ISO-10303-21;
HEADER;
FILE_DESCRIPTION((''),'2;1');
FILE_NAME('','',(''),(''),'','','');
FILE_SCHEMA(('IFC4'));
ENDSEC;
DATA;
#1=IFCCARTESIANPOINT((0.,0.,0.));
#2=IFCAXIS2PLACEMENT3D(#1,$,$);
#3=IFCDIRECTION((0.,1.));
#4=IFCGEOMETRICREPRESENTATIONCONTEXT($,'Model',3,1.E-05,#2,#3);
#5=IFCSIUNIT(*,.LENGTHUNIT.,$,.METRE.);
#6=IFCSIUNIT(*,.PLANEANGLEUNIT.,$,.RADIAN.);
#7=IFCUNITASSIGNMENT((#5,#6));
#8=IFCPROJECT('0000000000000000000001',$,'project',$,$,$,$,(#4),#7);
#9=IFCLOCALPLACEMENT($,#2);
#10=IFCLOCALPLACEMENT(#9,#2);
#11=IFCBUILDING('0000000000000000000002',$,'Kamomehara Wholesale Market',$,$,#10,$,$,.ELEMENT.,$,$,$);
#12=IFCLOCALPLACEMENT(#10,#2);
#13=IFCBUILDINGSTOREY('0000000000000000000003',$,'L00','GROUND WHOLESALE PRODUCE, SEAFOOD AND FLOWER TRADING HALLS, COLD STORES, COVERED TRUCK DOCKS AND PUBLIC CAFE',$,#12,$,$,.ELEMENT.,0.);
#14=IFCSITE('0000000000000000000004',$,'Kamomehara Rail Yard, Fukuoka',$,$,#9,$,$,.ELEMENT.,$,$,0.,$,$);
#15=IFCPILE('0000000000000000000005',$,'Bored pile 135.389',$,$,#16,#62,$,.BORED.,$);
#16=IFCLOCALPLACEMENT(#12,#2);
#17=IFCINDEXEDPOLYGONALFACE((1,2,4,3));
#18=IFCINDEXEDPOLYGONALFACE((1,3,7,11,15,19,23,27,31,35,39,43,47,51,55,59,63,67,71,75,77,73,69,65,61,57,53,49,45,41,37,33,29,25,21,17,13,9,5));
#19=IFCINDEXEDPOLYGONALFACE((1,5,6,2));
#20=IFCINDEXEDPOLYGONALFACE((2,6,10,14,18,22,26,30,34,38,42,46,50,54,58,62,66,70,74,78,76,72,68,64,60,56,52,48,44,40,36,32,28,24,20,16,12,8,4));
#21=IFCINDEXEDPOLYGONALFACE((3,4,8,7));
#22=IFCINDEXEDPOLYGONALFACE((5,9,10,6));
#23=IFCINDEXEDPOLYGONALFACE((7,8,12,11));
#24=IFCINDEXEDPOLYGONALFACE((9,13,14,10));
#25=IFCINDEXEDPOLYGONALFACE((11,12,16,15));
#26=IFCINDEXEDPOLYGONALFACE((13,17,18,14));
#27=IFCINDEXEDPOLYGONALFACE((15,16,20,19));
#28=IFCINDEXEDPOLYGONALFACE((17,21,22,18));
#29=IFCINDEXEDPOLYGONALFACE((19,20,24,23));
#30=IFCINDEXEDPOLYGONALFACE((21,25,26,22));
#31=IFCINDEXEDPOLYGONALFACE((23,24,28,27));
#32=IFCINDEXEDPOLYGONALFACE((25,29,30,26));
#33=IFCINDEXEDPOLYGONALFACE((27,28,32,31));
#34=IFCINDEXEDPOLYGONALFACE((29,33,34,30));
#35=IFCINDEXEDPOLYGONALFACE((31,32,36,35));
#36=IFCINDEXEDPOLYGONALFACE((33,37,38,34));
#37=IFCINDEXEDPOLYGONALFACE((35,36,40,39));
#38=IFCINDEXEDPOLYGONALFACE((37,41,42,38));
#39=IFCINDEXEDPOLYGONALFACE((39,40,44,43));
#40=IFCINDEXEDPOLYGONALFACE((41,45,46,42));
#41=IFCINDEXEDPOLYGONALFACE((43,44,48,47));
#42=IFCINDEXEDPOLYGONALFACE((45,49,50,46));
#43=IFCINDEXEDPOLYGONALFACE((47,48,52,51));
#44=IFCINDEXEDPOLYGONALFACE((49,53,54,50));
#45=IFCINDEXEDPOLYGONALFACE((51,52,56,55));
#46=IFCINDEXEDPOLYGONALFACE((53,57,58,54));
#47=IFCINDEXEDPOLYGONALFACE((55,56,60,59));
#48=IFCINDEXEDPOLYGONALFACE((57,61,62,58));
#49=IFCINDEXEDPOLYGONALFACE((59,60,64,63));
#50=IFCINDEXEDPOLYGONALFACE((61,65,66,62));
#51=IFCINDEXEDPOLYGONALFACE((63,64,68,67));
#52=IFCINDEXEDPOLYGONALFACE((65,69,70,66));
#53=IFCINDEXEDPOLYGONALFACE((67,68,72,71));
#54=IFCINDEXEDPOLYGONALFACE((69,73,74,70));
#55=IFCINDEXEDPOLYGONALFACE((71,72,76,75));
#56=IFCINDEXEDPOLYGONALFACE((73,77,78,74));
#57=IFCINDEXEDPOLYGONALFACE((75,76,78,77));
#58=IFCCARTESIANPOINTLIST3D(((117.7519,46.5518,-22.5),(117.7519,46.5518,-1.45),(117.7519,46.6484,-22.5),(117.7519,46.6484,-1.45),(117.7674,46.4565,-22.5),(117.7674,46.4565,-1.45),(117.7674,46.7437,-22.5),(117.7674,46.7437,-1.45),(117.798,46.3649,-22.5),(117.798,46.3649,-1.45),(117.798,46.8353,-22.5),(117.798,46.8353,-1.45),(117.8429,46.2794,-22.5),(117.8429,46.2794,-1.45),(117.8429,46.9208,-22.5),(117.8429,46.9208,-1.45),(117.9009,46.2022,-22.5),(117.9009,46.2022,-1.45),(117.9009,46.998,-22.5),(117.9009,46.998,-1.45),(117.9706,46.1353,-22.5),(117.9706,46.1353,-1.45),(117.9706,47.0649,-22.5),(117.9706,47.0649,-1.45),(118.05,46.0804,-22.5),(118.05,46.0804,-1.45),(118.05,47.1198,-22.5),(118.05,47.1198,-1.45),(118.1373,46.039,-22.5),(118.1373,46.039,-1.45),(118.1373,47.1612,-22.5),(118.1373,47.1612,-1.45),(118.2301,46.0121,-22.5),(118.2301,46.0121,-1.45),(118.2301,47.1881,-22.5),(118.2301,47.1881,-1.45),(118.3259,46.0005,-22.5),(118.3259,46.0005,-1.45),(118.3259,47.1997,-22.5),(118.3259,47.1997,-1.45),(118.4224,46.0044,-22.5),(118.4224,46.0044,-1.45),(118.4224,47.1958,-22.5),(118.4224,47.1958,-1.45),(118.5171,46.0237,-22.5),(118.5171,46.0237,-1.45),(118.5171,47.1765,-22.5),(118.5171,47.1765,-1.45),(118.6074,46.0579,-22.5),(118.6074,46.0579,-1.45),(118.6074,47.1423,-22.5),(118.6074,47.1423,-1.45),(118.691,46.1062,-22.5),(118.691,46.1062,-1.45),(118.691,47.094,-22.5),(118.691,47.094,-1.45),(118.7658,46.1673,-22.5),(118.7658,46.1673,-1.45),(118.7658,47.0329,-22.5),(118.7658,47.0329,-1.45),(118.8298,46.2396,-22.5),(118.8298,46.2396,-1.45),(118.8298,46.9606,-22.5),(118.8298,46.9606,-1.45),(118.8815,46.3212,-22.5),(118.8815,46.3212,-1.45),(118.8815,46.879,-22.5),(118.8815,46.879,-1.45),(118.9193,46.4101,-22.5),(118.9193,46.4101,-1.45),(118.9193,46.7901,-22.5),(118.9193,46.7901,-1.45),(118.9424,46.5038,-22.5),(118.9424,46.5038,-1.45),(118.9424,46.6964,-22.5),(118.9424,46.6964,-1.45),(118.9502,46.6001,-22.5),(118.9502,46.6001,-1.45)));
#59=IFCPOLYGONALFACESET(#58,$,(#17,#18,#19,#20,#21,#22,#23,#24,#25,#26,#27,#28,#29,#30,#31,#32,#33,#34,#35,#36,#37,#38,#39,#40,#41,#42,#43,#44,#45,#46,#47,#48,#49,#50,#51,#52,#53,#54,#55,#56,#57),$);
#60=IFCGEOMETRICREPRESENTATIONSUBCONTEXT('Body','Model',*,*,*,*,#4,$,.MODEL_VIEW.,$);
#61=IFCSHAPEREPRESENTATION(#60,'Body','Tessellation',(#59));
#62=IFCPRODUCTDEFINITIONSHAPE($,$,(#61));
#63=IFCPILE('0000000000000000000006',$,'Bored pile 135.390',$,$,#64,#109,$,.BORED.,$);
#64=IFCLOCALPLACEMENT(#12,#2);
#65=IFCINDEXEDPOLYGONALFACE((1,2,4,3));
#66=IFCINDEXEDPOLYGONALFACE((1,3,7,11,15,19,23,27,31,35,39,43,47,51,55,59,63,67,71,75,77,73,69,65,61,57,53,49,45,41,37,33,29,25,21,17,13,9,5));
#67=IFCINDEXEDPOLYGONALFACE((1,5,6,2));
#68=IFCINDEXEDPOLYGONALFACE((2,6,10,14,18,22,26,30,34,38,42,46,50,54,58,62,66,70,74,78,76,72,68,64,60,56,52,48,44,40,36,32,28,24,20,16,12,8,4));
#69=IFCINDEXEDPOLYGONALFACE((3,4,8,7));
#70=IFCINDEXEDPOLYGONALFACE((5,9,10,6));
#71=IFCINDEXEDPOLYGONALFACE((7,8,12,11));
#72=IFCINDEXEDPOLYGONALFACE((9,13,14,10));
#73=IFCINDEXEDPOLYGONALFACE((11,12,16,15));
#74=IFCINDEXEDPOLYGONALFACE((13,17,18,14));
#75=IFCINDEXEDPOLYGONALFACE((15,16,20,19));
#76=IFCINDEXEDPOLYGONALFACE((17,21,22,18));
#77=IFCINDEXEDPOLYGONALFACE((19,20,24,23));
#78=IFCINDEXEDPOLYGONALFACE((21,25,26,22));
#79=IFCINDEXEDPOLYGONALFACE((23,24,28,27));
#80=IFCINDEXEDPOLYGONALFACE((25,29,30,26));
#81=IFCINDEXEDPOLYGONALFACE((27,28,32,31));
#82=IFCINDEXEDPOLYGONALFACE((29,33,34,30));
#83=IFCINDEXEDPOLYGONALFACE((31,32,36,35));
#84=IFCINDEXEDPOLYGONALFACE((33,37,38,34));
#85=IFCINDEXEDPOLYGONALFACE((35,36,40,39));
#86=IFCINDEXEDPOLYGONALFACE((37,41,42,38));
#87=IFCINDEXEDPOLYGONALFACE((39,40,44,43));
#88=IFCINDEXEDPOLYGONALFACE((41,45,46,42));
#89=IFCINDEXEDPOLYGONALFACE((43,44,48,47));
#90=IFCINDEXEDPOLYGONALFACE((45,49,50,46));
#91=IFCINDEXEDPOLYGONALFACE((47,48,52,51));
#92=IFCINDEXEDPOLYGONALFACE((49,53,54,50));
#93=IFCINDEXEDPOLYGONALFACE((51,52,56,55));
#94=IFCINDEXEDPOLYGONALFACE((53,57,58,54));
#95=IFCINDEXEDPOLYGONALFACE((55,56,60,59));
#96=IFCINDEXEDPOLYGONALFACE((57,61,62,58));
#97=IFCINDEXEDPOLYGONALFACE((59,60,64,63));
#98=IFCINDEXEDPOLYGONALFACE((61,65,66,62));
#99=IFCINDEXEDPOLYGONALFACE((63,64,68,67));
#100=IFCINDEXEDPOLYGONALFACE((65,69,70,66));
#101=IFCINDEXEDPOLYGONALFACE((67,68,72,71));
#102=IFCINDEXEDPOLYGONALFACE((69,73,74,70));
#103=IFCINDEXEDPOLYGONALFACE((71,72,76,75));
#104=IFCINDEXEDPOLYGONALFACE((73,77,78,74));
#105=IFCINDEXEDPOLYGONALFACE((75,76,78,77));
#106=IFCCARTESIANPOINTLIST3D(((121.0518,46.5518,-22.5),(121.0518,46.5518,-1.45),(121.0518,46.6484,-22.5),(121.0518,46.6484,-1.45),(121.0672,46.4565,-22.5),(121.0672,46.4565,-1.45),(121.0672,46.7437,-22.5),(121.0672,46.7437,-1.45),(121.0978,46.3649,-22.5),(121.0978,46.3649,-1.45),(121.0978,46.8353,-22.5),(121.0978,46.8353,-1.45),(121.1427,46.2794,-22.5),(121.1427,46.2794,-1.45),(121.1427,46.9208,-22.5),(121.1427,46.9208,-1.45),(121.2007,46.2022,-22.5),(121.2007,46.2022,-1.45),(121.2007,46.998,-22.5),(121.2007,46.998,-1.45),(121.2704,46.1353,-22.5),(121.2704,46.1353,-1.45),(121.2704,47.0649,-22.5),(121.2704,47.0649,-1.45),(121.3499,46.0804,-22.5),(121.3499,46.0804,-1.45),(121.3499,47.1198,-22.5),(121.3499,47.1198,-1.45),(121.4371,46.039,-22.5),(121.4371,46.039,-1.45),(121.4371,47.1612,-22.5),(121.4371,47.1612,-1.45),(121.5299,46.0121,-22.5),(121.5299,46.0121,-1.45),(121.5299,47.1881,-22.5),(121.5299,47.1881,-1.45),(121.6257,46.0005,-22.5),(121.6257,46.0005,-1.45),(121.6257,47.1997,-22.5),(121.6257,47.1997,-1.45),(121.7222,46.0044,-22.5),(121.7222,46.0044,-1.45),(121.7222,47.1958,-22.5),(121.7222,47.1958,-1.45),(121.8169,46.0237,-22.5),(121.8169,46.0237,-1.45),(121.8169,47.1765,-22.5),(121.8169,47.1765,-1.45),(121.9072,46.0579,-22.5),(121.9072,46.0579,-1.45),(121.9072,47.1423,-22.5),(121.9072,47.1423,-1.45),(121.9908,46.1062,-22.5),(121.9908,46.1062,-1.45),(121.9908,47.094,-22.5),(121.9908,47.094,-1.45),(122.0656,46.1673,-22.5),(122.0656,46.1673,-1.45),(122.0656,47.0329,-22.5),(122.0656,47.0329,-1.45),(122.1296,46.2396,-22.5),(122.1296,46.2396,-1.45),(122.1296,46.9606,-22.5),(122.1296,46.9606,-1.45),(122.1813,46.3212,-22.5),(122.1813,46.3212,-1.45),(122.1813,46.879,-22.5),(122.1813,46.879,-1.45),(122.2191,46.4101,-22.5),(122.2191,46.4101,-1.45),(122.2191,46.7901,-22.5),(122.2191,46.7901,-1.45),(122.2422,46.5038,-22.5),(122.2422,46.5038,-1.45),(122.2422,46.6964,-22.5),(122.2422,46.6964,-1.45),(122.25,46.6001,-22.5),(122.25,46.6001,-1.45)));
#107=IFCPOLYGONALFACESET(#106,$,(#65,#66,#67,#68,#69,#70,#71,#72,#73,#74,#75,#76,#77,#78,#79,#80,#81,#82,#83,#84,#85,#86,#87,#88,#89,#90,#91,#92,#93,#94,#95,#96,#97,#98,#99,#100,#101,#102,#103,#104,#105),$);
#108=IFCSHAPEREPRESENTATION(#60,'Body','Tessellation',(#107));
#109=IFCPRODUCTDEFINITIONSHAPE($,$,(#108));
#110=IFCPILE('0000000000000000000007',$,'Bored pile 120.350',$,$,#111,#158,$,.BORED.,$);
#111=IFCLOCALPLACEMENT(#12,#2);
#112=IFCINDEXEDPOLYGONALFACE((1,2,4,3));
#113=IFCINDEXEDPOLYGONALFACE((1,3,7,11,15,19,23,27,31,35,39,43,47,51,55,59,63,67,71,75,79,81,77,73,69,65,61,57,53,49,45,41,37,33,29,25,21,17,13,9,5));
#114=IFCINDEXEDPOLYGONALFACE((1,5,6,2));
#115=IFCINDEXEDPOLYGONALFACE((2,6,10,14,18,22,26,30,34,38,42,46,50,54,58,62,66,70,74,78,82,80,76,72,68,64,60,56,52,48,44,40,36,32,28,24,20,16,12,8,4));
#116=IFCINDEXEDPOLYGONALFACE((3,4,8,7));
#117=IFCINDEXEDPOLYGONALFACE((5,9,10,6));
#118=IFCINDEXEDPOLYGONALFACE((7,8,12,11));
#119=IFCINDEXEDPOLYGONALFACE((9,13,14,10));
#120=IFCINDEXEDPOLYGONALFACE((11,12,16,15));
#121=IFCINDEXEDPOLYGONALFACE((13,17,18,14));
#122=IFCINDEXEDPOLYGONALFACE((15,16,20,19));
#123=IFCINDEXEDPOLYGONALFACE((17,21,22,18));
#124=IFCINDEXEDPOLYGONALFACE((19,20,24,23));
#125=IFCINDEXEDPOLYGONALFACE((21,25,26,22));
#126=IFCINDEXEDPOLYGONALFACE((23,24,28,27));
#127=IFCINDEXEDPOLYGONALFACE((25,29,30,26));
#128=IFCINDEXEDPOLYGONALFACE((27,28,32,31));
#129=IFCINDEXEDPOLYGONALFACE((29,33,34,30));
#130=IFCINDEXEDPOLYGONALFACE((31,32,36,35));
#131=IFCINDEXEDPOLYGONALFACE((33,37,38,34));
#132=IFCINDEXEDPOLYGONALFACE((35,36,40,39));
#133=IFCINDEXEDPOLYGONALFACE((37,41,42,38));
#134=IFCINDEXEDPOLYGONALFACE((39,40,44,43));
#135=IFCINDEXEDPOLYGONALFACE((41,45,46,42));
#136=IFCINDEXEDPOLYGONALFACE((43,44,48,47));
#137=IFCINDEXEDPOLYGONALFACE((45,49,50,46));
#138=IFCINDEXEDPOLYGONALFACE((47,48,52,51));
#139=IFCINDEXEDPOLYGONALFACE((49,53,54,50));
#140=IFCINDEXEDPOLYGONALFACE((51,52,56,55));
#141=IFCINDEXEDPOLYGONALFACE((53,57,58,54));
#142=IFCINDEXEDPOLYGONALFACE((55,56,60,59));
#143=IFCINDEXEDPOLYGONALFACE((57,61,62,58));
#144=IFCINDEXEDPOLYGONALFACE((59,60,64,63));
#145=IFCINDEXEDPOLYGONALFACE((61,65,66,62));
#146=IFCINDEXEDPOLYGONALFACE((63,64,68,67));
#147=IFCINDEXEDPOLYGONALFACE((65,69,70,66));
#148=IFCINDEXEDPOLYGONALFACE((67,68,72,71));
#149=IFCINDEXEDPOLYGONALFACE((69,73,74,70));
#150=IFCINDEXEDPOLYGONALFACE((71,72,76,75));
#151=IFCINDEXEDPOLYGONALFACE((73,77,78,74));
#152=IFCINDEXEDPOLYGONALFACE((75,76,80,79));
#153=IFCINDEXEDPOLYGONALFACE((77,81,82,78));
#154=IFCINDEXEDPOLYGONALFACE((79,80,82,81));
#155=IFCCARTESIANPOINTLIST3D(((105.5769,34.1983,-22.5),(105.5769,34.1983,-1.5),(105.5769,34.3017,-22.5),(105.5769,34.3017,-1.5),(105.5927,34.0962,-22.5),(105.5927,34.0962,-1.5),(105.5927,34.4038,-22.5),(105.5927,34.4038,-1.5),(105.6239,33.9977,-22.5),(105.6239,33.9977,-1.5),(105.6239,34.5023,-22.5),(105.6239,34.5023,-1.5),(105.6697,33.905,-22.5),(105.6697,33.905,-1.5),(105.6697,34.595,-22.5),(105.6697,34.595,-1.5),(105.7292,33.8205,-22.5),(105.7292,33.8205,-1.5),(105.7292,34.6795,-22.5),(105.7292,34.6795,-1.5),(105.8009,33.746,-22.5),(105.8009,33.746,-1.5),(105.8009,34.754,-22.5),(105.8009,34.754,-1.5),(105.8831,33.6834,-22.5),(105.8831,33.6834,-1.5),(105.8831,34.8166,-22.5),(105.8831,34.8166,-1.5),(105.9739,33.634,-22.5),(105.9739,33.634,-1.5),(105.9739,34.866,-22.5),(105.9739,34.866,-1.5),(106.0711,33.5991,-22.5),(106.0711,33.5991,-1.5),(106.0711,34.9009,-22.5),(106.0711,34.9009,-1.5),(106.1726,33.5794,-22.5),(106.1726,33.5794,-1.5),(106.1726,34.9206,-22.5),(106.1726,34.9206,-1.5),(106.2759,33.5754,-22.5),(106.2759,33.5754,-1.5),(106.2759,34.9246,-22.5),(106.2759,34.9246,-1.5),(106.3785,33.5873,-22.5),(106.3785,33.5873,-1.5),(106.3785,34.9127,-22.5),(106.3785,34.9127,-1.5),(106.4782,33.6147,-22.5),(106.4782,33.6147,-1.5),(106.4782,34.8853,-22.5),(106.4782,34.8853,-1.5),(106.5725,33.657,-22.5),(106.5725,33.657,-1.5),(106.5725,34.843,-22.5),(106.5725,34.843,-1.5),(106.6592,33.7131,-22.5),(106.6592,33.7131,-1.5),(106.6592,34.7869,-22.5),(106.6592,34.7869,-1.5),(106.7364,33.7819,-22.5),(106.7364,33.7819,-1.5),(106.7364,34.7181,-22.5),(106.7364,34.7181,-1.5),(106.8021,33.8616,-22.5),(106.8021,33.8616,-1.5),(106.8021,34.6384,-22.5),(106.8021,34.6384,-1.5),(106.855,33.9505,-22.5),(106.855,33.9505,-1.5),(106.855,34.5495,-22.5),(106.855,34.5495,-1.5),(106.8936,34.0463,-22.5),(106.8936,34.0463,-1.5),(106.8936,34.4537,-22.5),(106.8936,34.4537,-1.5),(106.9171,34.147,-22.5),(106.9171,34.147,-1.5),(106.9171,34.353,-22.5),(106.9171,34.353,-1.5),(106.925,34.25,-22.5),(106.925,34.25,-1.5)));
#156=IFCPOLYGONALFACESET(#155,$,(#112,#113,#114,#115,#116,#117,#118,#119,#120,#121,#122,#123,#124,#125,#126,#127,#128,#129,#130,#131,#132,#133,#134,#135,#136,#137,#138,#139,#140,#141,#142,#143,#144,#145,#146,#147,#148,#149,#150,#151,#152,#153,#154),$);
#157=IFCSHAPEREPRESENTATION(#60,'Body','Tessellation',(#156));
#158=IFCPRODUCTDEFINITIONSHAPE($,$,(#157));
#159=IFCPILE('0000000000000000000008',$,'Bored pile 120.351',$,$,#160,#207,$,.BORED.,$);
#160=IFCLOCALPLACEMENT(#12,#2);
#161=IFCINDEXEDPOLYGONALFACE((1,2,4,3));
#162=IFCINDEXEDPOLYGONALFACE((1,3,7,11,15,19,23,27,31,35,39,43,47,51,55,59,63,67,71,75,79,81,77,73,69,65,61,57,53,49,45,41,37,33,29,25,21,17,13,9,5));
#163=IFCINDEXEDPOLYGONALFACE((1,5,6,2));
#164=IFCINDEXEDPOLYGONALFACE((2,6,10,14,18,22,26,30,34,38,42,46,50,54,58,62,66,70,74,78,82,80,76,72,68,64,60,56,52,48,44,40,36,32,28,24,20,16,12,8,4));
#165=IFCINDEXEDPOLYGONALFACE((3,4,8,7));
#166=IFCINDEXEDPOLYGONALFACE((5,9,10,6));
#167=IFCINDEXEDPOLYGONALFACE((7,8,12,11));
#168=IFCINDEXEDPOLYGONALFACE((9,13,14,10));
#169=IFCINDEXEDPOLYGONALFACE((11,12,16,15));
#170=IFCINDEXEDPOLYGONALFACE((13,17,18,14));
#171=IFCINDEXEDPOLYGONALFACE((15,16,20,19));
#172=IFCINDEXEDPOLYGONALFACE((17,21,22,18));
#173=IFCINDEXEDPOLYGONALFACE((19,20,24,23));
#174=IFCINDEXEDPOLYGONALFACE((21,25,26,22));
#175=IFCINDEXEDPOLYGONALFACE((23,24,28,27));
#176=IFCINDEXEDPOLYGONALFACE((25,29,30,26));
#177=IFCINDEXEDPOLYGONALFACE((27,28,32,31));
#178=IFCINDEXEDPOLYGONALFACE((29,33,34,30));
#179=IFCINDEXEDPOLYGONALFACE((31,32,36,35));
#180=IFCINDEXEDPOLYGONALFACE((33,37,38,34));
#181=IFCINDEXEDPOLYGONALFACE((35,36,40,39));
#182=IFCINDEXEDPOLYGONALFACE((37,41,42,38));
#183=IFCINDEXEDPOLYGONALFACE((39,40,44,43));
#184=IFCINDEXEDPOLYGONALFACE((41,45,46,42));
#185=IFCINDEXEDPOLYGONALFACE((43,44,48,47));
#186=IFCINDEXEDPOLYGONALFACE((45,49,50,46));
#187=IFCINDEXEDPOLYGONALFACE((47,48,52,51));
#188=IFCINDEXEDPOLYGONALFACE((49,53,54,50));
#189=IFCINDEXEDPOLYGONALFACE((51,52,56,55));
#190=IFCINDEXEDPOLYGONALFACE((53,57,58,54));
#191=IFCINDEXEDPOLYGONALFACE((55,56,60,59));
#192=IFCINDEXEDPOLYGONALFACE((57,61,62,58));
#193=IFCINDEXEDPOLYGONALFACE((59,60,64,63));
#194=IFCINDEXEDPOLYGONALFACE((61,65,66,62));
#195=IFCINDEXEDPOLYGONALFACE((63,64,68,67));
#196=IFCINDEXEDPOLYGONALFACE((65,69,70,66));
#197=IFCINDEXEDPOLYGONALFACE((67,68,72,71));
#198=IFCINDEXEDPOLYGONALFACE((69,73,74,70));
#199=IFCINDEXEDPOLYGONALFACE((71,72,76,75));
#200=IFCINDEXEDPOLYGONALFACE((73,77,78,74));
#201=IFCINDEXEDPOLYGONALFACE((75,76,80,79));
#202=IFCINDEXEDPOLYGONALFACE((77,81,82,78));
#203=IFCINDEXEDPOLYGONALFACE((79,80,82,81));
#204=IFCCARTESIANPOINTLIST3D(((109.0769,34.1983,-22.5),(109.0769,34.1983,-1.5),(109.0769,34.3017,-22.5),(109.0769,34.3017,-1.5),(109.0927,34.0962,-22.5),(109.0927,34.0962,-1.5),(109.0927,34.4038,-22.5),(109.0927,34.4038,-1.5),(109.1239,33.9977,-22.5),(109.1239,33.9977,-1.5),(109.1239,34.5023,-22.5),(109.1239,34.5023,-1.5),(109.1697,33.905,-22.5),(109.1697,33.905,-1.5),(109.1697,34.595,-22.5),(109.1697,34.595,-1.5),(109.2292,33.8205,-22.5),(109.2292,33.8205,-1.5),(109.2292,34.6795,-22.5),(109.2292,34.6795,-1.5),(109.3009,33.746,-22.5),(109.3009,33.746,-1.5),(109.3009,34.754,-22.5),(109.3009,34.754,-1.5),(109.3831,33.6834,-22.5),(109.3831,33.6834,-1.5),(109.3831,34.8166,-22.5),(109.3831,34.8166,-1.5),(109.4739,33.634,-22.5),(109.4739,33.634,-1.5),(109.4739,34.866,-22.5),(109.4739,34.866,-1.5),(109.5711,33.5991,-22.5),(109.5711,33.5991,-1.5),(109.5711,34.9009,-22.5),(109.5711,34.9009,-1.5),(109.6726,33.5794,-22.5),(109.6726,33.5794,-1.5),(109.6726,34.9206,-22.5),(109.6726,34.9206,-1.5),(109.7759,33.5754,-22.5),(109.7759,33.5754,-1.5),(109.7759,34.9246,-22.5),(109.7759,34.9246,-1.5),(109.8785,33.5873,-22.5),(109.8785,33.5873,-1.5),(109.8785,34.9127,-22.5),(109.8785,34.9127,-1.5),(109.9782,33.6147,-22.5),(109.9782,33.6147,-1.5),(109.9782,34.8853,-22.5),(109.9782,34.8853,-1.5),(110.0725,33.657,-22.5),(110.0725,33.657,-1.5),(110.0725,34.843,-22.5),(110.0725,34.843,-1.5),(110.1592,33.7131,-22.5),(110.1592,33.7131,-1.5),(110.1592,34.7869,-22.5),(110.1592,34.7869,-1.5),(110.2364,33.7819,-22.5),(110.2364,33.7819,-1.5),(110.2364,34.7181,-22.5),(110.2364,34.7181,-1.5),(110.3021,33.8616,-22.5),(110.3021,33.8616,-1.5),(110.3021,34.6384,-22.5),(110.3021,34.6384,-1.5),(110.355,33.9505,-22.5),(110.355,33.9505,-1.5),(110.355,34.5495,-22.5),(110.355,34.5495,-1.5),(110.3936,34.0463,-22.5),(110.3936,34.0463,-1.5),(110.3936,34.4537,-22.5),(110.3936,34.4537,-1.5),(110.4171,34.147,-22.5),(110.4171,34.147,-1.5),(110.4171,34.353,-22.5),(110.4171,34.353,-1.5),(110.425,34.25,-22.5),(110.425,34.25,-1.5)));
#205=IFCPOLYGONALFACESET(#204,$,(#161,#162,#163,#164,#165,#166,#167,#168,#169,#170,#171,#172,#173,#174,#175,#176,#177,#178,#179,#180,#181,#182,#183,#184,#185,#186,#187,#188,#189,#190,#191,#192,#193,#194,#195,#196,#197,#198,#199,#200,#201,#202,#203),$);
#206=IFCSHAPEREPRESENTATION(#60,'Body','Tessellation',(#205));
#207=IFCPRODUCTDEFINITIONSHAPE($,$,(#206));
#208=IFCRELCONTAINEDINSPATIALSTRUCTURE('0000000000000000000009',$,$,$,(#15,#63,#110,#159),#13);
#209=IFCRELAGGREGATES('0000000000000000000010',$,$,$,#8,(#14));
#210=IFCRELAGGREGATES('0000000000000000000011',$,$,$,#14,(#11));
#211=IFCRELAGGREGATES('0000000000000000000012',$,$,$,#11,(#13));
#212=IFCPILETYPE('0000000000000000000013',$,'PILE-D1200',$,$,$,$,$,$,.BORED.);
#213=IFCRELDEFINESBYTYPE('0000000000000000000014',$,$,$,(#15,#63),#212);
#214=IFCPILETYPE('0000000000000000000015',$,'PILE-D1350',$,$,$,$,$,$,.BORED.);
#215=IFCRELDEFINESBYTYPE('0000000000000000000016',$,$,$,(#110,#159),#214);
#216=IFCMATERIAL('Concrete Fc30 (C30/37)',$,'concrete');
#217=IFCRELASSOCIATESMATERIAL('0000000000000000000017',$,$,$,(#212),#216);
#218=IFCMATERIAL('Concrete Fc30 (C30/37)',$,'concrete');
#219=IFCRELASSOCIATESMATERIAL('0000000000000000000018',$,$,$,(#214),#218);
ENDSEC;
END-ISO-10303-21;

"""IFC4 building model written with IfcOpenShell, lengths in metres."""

from ifc_helpers import new_model, si_unit, direction, frame, origin, origin_2d, place, context, subcontext, project, spatial, circle, extrude, material, material_profile, profile_set, type_object, element, save


model = new_model("IFC4")

# Units and contexts
model_context = context("Model", 3, precision=1e-05, world=origin(), true_north=direction((0.0, 1.0)))
body_context = subcontext(model_context, "Body", "Model", "MODEL_VIEW")
ifc_project = project(units=[si_unit("LENGTHUNIT", "METRE"), si_unit("PLANEANGLEUNIT", "RADIAN")], contexts=[model_context])

# Site, building, storey
site_placement = place(None, origin())
site = spatial("IfcSite", under=ifc_project, at=site_placement, Name="Kamomehara Rail Yard, Fukuoka", CompositionType="ELEMENT", RefElevation=0.0)
building_placement = place(site_placement, origin())
building = spatial("IfcBuilding", under=site, at=building_placement, Name="Kamomehara Wholesale Market", CompositionType="ELEMENT")
storey_placement = place(building_placement, origin())
storey = spatial("IfcBuildingStorey", under=building, at=storey_placement, Name="L00", Description="GROUND WHOLESALE PRODUCE, SEAFOOD AND FLOWER TRADING HALLS, COLD STORES, COVERED TRUCK DOCKS AND PUBLIC CAFE", CompositionType="ELEMENT", Elevation=0.0)

# Piles
ifc_material_1 = material(Name="Concrete Fc30 (C30/37)", Category="concrete")
ifc_material_profile_1 = material_profile(ifc_material_1, circle(Radius=0.6001, at=origin_2d()), Name="RC-PILE-D1200")
ifc_profile_set_1 = profile_set([ifc_material_profile_1], Name="Concrete Fc30 (C30/37)")
pile_type_1 = type_object("IfcPileType", Name="PILE-D1200", PredefinedType="BORED", material=ifc_profile_set_1)
for number, where, z_axis, x_axis, name in (
    (1, (118.3501, 46.6001, -1.45), (0.0, 0.0, -1.0), (1.0, 0.0, 0.0), "Bored pile 135.389"),
    (2, (121.6499, 46.6001, -1.45), (0.0, 0.0, -1.0), (1.0, 0.0, 0.0), "Bored pile 135.390"),
):
    element("IfcPile", number, at=place(storey_placement, frame(where, z_axis=z_axis, x_axis=x_axis)), inside=storey, type_object=pile_type_1, Name=name, PredefinedType="BORED", context=body_context, shape_type="SweptSolid", body=[
        extrude(circle(Radius=0.6001, at=origin_2d()), origin(), (0.0, 0.0, 1.0), 21.05),
    ])
ifc_material_2 = material(Name="Concrete Fc30 (C30/37)", Category="concrete")
ifc_material_profile_2 = material_profile(ifc_material_2, circle(Radius=0.675, at=origin_2d()), Name="RC-PILE-D1350")
ifc_profile_set_2 = profile_set([ifc_material_profile_2], Name="Concrete Fc30 (C30/37)")
pile_type_2 = type_object("IfcPileType", Name="PILE-D1350", PredefinedType="BORED", material=ifc_profile_set_2)
for number, where, z_axis, x_axis, name in (
    (3, (106.25, 34.25, -1.5), (0.0, 0.0, -1.0), (1.0, 0.0, 0.0), "Bored pile 120.350"),
    (4, (109.75, 34.25, -1.5), (0.0, 0.0, -1.0), (1.0, 0.0, 0.0), "Bored pile 120.351"),
):
    element("IfcPile", number, at=place(storey_placement, frame(where, z_axis=z_axis, x_axis=x_axis)), inside=storey, type_object=pile_type_2, Name=name, PredefinedType="BORED", context=body_context, shape_type="SweptSolid", body=[
        extrude(circle(Radius=0.675, at=origin_2d()), origin(), (0.0, 0.0, 1.0), 21.0),
    ])

save(model, "model.ifc")
